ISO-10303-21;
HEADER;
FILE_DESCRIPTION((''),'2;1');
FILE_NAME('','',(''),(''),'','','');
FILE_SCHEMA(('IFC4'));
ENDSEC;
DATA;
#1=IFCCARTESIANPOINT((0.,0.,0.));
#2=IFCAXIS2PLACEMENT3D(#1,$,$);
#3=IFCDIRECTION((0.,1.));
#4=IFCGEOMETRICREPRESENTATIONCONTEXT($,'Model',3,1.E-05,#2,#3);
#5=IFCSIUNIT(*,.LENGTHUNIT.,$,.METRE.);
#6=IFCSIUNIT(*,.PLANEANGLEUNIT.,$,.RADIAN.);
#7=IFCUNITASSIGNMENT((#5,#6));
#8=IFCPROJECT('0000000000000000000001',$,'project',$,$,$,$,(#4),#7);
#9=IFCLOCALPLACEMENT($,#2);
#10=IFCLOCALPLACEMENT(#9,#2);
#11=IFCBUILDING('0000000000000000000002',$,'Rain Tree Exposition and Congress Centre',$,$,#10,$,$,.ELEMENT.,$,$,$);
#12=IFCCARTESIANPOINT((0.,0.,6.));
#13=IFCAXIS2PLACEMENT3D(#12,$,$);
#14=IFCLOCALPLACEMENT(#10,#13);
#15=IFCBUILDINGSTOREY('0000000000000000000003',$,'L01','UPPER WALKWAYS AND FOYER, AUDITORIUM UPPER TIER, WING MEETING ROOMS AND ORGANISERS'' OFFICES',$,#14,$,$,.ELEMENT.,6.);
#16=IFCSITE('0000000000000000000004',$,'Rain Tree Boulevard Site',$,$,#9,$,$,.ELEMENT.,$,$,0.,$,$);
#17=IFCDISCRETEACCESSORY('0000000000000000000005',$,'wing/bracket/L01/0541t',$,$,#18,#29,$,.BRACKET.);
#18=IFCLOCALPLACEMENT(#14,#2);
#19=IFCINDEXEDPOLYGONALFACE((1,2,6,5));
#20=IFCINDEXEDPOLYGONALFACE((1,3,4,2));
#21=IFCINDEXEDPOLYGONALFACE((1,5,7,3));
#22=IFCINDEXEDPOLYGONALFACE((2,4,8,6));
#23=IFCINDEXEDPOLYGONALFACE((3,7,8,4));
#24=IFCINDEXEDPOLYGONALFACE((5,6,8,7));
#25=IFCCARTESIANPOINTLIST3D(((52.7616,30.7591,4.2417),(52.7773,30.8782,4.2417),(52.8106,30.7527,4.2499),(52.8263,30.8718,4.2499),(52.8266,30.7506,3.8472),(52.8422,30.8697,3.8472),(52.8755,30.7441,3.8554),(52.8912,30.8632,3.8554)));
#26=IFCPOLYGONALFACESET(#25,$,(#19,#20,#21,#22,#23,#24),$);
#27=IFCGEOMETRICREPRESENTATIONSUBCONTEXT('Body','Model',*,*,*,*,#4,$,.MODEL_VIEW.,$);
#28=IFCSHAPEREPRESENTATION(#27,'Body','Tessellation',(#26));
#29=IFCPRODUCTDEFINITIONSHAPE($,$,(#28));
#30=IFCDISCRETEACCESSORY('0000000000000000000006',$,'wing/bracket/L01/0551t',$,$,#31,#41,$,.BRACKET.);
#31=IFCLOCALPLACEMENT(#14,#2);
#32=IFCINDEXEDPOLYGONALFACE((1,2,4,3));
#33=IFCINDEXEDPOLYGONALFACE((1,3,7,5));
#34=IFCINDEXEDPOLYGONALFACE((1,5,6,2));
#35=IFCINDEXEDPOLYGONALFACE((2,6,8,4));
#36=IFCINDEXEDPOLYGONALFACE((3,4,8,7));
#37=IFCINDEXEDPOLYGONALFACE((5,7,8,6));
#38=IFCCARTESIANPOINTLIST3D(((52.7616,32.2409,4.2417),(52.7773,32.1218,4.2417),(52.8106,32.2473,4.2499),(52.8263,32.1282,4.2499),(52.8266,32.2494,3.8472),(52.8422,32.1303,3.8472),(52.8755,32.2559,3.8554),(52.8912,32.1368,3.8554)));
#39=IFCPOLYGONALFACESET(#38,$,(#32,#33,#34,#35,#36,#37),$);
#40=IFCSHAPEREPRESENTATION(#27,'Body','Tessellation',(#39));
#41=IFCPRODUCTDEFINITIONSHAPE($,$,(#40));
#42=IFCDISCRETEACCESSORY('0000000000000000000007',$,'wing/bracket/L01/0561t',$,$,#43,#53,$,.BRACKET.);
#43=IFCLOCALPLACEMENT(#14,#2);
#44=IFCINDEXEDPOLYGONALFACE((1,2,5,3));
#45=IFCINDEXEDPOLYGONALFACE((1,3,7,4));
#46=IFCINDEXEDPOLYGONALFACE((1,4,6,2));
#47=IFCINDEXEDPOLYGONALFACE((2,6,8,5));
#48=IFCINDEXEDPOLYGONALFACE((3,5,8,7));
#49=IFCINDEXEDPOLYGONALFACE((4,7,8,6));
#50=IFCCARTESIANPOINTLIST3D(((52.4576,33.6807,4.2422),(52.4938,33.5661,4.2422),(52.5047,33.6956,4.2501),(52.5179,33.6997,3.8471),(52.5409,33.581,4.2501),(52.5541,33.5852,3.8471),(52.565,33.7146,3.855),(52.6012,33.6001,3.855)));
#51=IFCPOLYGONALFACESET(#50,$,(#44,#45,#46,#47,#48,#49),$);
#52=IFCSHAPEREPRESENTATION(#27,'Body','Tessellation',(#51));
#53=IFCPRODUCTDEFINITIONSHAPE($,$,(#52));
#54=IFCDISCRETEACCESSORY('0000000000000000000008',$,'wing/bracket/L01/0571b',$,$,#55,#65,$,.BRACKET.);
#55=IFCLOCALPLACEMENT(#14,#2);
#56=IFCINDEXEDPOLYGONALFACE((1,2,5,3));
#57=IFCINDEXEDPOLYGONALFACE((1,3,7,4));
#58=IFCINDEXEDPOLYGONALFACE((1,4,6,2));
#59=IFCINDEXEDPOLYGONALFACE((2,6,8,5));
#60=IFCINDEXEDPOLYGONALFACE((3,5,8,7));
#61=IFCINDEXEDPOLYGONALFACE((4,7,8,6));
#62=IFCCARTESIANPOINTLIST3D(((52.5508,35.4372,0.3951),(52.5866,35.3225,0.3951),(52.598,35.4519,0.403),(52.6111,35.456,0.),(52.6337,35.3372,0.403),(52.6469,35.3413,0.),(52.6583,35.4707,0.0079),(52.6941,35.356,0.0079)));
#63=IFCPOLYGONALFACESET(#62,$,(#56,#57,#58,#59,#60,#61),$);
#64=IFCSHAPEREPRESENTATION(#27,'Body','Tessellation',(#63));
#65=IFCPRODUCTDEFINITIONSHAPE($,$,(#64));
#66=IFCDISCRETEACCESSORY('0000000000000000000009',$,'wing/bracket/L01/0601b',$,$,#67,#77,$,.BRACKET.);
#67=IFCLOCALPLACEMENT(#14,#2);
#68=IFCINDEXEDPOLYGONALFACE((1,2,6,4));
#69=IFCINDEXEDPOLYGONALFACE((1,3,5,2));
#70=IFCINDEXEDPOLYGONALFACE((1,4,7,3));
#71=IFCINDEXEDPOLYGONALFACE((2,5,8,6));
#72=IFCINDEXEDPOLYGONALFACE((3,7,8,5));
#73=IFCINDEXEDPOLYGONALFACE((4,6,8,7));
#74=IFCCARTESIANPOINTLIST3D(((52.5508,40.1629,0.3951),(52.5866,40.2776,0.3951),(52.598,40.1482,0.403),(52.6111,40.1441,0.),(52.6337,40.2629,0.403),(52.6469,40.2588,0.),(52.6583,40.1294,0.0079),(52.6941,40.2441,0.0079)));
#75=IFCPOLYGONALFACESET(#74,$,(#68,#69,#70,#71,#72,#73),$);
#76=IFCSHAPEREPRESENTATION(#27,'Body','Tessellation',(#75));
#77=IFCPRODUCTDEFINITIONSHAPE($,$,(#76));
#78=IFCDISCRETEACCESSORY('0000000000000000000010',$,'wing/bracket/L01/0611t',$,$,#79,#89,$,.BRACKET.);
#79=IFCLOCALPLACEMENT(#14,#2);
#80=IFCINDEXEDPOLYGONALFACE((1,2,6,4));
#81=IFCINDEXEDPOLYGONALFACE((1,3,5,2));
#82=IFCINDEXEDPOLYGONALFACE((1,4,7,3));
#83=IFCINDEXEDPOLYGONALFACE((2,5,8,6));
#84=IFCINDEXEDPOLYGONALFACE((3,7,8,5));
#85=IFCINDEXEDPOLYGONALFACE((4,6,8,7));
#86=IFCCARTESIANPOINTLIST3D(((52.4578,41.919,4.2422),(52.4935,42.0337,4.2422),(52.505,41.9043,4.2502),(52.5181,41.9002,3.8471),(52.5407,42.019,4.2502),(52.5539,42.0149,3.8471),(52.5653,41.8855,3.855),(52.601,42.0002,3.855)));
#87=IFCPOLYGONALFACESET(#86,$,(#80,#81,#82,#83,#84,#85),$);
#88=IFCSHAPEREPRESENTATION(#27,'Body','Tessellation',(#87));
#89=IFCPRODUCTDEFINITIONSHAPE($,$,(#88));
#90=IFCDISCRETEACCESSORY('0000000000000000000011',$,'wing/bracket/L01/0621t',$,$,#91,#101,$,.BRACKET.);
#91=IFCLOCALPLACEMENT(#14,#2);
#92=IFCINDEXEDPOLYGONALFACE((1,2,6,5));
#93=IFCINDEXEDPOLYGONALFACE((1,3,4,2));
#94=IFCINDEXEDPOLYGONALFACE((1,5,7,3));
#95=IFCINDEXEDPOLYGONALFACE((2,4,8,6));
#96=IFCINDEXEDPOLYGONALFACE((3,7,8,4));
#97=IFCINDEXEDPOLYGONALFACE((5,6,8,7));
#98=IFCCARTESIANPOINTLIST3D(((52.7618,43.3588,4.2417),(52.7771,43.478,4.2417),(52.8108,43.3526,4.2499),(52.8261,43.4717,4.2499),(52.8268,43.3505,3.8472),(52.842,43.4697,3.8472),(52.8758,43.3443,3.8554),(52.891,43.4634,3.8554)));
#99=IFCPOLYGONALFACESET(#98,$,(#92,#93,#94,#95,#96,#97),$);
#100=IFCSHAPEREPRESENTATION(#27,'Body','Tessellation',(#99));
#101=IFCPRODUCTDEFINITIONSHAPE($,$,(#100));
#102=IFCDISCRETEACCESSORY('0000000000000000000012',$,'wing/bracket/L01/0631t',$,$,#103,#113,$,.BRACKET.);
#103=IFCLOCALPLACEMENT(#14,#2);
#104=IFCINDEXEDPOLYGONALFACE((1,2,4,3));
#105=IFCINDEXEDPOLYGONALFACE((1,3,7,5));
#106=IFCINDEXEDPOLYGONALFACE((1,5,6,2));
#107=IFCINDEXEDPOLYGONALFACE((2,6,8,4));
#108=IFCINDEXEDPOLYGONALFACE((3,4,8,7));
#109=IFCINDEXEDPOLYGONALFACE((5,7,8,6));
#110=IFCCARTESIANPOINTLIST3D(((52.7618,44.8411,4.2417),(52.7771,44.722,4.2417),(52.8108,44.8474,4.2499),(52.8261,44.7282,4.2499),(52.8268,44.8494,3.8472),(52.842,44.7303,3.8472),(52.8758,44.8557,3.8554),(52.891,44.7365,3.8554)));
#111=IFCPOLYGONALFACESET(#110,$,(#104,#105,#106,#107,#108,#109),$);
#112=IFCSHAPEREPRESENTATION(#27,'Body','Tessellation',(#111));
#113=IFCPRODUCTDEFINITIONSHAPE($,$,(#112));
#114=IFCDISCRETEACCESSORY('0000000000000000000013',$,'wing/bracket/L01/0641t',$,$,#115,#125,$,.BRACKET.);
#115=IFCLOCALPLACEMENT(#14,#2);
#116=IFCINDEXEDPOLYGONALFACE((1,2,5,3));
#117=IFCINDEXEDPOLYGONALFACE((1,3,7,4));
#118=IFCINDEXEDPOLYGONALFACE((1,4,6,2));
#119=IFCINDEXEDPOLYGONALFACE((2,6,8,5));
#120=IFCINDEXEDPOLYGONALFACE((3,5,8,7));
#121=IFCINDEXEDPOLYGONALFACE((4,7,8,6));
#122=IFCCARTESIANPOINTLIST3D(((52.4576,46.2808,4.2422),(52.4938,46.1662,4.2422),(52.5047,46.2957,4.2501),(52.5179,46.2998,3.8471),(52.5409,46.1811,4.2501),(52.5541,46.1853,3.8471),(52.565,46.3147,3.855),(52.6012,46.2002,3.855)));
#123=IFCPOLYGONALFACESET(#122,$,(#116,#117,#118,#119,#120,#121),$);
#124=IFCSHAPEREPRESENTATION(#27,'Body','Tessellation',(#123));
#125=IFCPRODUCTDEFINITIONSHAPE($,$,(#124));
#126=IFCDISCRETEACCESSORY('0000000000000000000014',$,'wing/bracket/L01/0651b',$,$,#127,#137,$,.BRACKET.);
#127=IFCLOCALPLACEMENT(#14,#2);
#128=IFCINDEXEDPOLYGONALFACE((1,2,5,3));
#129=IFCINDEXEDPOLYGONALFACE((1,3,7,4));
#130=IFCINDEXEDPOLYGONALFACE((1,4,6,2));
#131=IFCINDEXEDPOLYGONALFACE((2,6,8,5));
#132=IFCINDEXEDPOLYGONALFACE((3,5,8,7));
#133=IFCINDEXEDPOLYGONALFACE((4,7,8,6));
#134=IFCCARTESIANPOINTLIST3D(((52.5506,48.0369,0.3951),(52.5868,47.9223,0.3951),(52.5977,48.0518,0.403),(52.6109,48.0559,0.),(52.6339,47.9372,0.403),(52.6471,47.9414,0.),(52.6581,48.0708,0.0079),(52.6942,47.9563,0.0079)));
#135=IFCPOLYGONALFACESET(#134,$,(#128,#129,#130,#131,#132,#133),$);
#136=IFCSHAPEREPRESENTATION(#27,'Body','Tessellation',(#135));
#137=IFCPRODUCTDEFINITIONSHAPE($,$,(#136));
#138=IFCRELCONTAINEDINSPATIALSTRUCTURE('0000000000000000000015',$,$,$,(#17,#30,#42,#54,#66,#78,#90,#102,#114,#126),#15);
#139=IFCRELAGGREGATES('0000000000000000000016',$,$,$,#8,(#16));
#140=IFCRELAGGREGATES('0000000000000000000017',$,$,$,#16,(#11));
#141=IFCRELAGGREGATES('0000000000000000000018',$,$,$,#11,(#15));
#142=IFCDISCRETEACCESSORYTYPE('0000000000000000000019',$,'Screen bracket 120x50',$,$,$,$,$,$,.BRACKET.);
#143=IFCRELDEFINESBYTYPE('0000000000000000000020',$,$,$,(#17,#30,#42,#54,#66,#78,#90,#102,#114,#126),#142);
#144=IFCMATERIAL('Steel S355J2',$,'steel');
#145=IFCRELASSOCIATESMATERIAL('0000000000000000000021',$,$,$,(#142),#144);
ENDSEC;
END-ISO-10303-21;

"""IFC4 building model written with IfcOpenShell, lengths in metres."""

from ifc_helpers import new_model, si_unit, direction, frame, origin, origin_2d, place, context, subcontext, project, spatial, rectangle, extrude, material, material_profile, profile_set, type_object, element, save


model = new_model("IFC4")

# Units and contexts
model_context = context("Model", 3, precision=1e-05, world=origin(), true_north=direction((0.0, 1.0)))
body_context = subcontext(model_context, "Body", "Model", "MODEL_VIEW")
ifc_project = project(units=[si_unit("LENGTHUNIT", "METRE"), si_unit("PLANEANGLEUNIT", "RADIAN")], contexts=[model_context])

# Site, building, storey
site_placement = place(None, origin())
site = spatial("IfcSite", under=ifc_project, at=site_placement, Name="Rain Tree Boulevard Site", CompositionType="ELEMENT", RefElevation=0.0)
building_placement = place(site_placement, origin())
building = spatial("IfcBuilding", under=site, at=building_placement, Name="Rain Tree Exposition and Congress Centre", CompositionType="ELEMENT")
storey_placement = place(building_placement, frame((0.0, 0.0, 6.0)))
storey = spatial("IfcBuildingStorey", under=building, at=storey_placement, Name="L01", Description="UPPER WALKWAYS AND FOYER, AUDITORIUM UPPER TIER, WING MEETING ROOMS AND ORGANISERS' OFFICES", CompositionType="ELEMENT", Elevation=6.0)

# Discrete accessories
ifc_material_1 = material(Name="Steel S355J2", Category="steel")
ifc_material_profile = material_profile(ifc_material_1, rectangle(XDim=0.1201, YDim=0.05, at=origin_2d()), Name="Flat bar 120x50")
ifc_profile_set = profile_set([ifc_material_profile], Name="Steel S355J2")
discrete_accessory_type = type_object("IfcDiscreteAccessoryType", Name="Screen bracket 120x50", PredefinedType="BRACKET", material=ifc_profile_set)
for number, where, z_axis, x_axis, name in (
    (1, (52.8589, 30.8069, 3.8513), (-0.162381, 0.021366, 0.986497), (-0.130455, -0.991454, 0.0), "wing/bracket/L01/0541t"),
    (2, (52.8589, 32.1931, 3.8513), (-0.162381, -0.021366, 0.986497), (0.130455, -0.991454, 0.0), "wing/bracket/L01/0551t"),
):
    element("IfcDiscreteAccessory", number, at=place(storey_placement, frame(where, z_axis=z_axis, x_axis=x_axis)), inside=storey, type_object=discrete_accessory_type, Name=name, PredefinedType="BRACKET", context=body_context, shape_type="SweptSolid", body=[
        extrude(rectangle(XDim=0.1201, YDim=0.05, at=origin_2d()), origin(), (0.0, 0.0, 1.0), 0.3999),
    ])
for number, where, z_axis, x_axis, name in (
    (3, (52.5596, 33.6499, 3.8511), (-0.150738, -0.047602, 0.987427), (0.301131, -0.953583, 0.0), "wing/bracket/L01/0561t"),
    (4, (52.6526, 35.406, 0.0039), (-0.150743, -0.046993, 0.987456), (0.297615, -0.954686, 0.0), "wing/bracket/L01/0571b"),
    (5, (52.6526, 40.1941, 0.0039), (-0.150743, 0.046993, 0.987456), (-0.297615, -0.954686, 0.0), "wing/bracket/L01/0601b"),
    (6, (52.5596, 41.9502, 3.8511), (-0.150743, 0.046993, 0.987456), (-0.297615, -0.954686, 0.0), "wing/bracket/L01/0611t"),
):
    element("IfcDiscreteAccessory", number, at=place(storey_placement, frame(where, z_axis=z_axis, x_axis=x_axis)), inside=storey, type_object=discrete_accessory_type, Name=name, PredefinedType="BRACKET", context=body_context, shape_type="SweptSolid", body=[
        extrude(rectangle(XDim=0.1201, YDim=0.05, at=origin_2d()), origin(), (0.0, 0.0, 1.0), 0.4001),
    ])
for number, where, z_axis, x_axis, name in (
    (7, (52.8589, 43.407, 3.8513), (-0.162383, 0.020756, 0.986509), (-0.126788, -0.99193, 0.0), "wing/bracket/L01/0621t"),
    (8, (52.8589, 44.793, 3.8513), (-0.162383, -0.020756, 0.986509), (0.126788, -0.99193, 0.0), "wing/bracket/L01/0631t"),
):
    element("IfcDiscreteAccessory", number, at=place(storey_placement, frame(where, z_axis=z_axis, x_axis=x_axis)), inside=storey, type_object=discrete_accessory_type, Name=name, PredefinedType="BRACKET", context=body_context, shape_type="SweptSolid", body=[
        extrude(rectangle(XDim=0.1201, YDim=0.05, at=origin_2d()), origin(), (0.0, 0.0, 1.0), 0.3999),
    ])
for number, where, z_axis, x_axis, name in (
    (9, (52.5596, 46.25, 3.8511), (-0.150738, -0.047602, 0.987427), (0.301131, -0.953583, 0.0), "wing/bracket/L01/0641t"),
    (10, (52.6526, 48.0061, 0.0039), (-0.150738, -0.047602, 0.987427), (0.301131, -0.953583, 0.0), "wing/bracket/L01/0651b"),
):
    element("IfcDiscreteAccessory", number, at=place(storey_placement, frame(where, z_axis=z_axis, x_axis=x_axis)), inside=storey, type_object=discrete_accessory_type, Name=name, PredefinedType="BRACKET", context=body_context, shape_type="SweptSolid", body=[
        extrude(rectangle(XDim=0.1201, YDim=0.05, at=origin_2d()), origin(), (0.0, 0.0, 1.0), 0.4001),
    ])

save(model, "model.ifc")
